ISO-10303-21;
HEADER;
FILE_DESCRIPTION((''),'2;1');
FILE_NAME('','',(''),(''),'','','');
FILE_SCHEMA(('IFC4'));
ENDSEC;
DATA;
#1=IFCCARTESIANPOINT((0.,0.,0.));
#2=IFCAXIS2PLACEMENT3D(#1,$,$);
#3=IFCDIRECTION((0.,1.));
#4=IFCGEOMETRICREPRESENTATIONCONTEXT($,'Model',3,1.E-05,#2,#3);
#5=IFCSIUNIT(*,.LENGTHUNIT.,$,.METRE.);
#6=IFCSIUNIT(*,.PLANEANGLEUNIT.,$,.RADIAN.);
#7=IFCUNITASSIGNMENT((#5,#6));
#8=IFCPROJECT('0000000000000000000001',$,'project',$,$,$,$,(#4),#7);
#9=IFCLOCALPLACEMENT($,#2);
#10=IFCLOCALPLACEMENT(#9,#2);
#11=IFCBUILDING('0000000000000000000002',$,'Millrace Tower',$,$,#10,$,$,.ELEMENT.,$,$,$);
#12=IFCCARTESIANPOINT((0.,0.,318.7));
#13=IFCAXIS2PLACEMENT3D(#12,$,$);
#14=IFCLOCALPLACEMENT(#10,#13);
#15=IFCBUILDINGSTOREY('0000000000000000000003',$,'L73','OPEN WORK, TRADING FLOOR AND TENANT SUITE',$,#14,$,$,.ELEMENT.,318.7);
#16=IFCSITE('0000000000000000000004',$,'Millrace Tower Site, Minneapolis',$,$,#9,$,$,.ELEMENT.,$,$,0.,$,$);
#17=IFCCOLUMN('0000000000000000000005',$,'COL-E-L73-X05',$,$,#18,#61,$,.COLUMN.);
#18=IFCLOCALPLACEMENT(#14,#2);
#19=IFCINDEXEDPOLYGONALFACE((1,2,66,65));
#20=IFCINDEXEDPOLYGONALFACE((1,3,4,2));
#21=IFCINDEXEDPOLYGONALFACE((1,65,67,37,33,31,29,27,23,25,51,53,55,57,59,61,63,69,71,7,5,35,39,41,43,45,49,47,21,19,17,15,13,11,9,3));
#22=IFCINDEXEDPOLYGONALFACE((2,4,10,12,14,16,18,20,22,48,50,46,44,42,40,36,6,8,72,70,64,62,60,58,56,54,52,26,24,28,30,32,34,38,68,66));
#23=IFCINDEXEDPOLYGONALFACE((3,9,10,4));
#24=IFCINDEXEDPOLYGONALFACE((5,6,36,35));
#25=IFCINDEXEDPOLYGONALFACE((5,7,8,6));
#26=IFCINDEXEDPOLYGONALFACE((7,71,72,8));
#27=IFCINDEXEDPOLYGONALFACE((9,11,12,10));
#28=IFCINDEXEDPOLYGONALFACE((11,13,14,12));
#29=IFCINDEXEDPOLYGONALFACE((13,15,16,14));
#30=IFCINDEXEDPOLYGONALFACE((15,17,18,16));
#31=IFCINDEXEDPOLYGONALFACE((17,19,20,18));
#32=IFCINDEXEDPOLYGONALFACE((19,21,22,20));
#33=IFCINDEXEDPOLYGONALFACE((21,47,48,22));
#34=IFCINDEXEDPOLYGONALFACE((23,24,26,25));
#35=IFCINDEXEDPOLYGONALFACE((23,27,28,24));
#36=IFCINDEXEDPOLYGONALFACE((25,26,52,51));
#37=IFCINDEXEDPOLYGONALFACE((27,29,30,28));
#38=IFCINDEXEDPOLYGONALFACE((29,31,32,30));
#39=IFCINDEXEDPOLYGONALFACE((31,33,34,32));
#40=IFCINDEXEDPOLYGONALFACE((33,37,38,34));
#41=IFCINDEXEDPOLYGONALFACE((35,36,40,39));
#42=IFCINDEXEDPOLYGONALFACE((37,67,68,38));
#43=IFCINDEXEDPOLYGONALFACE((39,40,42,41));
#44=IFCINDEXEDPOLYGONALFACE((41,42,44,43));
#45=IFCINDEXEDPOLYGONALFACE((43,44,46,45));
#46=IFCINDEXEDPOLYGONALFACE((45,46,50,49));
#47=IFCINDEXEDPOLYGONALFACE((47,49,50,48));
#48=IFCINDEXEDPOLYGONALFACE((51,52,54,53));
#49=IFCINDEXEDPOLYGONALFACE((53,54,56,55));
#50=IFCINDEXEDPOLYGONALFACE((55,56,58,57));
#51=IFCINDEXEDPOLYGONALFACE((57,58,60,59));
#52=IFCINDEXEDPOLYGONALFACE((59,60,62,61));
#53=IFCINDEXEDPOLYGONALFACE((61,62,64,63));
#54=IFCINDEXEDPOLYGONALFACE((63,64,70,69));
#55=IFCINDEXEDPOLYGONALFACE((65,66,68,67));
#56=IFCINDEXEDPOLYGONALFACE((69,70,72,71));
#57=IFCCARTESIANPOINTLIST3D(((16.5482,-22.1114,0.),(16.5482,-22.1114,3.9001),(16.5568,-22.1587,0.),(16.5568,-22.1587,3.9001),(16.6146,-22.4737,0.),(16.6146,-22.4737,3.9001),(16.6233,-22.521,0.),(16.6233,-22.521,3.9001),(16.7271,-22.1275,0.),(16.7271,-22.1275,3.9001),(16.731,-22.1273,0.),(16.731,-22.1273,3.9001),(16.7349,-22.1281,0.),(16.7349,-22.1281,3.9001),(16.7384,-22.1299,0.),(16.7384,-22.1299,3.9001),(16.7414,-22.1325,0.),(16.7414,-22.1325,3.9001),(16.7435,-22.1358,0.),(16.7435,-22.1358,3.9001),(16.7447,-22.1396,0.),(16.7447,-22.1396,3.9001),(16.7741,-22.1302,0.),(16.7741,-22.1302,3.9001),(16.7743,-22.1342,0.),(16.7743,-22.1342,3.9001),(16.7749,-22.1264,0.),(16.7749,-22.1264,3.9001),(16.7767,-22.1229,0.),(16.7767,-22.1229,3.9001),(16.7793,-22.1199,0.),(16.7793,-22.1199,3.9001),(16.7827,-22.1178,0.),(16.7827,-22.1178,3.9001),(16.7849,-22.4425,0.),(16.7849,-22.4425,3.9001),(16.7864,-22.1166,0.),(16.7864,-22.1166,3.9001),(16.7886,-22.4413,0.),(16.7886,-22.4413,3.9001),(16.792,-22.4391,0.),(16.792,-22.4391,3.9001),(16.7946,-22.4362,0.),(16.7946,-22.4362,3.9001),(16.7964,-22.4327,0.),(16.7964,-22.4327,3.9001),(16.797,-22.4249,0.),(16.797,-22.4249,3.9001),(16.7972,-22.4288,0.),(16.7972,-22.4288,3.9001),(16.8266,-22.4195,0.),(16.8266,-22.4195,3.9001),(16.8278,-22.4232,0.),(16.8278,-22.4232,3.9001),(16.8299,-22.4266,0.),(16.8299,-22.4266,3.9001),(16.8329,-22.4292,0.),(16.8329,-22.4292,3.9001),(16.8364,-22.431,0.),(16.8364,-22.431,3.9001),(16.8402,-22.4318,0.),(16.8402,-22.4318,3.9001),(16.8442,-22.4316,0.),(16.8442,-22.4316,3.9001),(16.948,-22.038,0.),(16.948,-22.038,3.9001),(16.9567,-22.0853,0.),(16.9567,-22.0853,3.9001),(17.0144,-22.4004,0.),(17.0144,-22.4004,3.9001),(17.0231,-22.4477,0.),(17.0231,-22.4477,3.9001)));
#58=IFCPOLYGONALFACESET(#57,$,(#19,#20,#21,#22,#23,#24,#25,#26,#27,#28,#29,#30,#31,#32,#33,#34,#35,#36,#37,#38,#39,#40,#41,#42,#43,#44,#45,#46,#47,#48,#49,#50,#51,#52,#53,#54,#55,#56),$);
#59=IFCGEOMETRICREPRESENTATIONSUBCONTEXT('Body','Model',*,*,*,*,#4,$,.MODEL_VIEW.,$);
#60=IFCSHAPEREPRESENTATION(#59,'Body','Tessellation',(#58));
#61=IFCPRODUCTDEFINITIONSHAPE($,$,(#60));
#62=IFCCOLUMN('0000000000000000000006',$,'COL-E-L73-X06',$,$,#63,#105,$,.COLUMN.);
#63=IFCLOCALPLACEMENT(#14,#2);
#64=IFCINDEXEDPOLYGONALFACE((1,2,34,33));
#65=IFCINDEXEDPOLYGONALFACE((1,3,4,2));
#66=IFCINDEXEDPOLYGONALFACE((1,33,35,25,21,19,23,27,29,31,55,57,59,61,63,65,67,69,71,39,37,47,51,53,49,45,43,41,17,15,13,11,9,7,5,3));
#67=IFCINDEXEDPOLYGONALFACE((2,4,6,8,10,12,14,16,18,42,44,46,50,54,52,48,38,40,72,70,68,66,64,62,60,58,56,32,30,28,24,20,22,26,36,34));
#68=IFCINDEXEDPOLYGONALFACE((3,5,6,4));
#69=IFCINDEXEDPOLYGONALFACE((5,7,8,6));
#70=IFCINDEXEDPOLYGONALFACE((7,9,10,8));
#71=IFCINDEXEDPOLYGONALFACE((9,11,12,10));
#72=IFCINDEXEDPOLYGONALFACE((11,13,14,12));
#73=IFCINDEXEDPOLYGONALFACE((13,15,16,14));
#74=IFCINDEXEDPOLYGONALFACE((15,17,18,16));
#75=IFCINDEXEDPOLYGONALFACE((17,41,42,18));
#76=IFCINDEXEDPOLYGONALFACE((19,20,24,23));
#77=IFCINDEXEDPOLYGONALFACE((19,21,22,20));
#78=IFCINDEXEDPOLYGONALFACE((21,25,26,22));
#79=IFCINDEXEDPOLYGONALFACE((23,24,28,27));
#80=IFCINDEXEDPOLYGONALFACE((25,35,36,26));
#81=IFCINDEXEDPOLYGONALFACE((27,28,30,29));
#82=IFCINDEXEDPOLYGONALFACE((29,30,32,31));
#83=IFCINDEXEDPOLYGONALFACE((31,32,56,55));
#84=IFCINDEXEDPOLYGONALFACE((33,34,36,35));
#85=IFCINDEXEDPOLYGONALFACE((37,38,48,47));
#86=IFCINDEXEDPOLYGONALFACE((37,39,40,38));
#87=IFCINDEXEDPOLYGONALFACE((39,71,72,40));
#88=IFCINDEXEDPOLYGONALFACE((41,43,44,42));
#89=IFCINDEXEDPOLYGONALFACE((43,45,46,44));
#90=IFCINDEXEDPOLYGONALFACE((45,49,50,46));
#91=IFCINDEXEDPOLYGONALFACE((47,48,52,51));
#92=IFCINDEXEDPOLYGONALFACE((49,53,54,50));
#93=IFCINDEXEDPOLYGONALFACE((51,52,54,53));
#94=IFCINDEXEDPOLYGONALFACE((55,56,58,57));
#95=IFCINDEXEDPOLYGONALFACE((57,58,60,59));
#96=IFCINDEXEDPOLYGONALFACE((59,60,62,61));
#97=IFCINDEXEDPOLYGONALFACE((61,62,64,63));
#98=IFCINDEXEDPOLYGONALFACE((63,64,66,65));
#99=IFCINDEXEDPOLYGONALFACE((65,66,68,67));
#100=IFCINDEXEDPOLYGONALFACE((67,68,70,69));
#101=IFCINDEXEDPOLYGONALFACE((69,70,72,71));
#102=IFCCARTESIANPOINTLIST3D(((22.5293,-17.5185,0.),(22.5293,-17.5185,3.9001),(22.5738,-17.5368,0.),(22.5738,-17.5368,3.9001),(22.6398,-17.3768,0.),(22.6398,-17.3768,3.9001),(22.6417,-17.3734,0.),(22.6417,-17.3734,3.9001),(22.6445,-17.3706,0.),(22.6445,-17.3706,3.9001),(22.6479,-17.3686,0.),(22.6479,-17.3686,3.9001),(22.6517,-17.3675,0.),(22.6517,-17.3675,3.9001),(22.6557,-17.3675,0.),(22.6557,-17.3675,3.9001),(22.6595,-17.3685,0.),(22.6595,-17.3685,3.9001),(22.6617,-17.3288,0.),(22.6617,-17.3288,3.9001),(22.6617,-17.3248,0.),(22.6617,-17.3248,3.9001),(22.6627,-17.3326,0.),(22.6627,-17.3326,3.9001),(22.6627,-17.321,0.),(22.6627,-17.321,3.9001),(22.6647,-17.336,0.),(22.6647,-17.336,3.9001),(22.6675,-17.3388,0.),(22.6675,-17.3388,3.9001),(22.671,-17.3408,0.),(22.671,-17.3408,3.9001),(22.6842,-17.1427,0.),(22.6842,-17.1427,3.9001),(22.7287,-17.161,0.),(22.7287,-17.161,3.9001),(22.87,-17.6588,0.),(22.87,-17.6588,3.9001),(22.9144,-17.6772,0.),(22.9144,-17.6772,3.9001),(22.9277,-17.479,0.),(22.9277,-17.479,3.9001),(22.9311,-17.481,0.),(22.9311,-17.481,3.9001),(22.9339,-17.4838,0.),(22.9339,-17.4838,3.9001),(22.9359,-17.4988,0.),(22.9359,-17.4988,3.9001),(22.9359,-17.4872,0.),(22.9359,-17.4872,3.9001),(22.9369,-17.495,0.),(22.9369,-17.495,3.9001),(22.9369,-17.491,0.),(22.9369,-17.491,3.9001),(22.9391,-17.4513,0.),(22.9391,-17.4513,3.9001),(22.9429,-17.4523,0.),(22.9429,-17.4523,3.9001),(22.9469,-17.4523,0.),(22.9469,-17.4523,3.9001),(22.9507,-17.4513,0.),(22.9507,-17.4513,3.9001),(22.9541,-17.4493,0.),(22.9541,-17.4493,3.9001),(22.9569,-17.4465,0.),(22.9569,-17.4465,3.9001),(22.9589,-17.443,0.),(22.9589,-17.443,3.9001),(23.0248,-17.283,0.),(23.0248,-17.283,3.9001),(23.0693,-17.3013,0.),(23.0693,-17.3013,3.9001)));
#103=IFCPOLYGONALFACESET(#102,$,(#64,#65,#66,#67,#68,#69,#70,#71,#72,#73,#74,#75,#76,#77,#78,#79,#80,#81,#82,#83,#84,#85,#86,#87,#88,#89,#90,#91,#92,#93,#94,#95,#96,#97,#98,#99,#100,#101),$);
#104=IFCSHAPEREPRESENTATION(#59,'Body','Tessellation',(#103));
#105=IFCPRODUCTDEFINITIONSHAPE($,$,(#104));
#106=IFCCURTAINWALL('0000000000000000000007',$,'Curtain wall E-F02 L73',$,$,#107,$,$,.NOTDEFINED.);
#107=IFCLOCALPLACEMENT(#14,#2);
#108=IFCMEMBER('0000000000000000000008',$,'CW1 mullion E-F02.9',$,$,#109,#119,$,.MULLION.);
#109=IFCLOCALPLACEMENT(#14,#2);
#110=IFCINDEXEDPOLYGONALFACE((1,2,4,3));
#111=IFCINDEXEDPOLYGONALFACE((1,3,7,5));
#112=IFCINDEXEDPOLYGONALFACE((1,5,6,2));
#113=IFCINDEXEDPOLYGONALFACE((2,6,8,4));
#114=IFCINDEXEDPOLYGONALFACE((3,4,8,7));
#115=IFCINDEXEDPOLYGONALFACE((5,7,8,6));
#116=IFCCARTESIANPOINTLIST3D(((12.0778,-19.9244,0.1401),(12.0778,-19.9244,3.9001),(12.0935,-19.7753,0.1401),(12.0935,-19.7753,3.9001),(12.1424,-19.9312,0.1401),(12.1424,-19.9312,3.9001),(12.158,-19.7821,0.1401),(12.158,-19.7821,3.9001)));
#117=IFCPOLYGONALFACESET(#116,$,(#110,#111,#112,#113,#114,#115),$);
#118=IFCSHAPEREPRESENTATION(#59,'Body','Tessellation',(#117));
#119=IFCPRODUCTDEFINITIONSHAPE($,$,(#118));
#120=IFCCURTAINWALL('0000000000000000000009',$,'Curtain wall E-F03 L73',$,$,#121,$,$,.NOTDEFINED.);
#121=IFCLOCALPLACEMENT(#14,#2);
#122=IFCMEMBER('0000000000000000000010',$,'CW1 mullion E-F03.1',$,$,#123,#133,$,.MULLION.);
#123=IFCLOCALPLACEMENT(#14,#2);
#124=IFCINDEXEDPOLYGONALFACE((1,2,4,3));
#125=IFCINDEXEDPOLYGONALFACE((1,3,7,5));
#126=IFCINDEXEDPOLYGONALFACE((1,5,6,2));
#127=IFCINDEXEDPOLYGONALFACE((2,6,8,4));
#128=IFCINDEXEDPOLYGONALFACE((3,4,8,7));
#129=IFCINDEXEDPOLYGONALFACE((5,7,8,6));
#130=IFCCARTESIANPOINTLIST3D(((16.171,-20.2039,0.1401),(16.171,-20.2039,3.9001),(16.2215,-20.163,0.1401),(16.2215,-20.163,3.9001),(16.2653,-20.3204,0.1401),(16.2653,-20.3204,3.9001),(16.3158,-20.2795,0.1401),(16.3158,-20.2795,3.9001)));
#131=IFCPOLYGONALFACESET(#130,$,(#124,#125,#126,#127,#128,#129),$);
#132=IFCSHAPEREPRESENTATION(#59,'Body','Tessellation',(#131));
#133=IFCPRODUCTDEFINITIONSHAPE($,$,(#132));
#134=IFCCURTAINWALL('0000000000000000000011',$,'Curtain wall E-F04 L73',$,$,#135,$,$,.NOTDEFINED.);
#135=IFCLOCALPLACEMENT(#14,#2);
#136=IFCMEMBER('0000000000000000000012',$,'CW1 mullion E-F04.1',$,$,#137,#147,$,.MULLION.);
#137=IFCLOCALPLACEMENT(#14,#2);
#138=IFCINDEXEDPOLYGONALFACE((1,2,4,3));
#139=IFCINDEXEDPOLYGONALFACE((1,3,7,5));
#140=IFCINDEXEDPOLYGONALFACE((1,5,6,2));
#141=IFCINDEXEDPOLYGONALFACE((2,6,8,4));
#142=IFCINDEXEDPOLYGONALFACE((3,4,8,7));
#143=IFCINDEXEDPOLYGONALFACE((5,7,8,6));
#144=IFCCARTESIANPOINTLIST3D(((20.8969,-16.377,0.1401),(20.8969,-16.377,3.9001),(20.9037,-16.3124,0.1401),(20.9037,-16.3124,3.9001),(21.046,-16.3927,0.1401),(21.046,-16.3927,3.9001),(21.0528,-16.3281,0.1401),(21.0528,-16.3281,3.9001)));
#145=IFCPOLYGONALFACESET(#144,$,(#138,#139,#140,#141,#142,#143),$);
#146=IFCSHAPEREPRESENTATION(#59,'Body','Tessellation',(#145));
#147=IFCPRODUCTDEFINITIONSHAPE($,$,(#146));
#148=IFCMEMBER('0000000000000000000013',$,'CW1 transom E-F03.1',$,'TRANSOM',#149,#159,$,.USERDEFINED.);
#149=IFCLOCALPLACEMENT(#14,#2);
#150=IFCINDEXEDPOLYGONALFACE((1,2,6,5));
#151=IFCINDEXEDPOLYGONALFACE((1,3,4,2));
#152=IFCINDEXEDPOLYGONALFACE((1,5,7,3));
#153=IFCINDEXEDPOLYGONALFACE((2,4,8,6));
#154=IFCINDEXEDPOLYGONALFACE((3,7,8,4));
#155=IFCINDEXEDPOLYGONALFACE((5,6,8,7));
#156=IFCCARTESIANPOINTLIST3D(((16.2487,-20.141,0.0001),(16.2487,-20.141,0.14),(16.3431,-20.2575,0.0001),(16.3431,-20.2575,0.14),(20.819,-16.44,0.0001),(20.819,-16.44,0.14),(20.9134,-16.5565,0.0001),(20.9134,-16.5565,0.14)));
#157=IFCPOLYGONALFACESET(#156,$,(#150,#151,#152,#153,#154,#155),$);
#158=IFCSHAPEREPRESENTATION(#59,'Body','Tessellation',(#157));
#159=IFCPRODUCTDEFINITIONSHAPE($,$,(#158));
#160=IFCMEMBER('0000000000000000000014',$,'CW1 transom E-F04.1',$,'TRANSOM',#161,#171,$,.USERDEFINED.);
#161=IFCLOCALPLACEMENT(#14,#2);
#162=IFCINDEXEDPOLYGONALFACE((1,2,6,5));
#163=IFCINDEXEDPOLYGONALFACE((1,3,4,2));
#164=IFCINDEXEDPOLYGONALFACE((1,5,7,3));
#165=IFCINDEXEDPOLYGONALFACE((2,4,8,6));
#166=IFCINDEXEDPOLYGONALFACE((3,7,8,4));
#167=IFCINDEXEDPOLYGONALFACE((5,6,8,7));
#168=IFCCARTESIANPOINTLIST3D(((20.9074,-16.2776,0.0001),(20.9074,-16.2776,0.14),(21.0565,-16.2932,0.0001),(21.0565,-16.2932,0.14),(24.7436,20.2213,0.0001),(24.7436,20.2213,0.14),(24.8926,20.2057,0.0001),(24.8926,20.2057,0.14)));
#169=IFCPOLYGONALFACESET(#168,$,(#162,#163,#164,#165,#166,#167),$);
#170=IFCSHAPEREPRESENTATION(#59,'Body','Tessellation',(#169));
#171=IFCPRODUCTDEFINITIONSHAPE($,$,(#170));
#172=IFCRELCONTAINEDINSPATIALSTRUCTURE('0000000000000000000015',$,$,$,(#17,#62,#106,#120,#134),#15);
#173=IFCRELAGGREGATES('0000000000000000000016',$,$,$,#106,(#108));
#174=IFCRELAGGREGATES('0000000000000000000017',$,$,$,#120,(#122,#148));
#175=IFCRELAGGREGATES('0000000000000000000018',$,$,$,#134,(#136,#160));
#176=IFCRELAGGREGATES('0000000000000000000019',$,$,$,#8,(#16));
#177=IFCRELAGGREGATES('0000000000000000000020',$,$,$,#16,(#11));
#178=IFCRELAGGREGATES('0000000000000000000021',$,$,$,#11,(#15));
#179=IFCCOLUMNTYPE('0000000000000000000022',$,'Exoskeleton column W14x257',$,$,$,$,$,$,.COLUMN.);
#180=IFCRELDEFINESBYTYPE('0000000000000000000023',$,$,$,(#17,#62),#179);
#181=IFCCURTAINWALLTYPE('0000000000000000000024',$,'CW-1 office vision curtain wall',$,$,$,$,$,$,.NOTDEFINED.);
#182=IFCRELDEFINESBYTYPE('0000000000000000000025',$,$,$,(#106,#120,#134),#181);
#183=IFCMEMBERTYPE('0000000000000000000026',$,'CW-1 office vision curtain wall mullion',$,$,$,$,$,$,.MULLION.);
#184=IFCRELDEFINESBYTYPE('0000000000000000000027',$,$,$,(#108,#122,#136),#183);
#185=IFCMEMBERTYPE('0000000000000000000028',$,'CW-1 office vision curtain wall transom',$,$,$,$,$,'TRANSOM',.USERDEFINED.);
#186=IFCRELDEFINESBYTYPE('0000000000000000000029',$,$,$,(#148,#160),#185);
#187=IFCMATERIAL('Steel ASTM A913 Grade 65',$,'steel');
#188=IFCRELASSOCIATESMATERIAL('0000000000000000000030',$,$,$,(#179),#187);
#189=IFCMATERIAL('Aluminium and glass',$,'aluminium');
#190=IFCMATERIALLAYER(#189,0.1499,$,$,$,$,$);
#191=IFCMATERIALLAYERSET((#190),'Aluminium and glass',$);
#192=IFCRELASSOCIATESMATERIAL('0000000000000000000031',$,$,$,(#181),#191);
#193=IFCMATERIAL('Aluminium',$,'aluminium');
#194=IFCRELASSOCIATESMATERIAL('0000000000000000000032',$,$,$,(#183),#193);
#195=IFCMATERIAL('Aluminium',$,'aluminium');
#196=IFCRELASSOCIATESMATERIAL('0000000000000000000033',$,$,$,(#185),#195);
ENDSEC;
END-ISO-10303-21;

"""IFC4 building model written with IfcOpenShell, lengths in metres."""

from ifc_helpers import new_model, si_unit, direction, frame, origin, origin_2d, place, context, subcontext, project, spatial, rectangle, i_section, extrude, material, layer, layer_set, material_profile, profile_set, type_object, element, aggregate, save


model = new_model("IFC4")

# Units and contexts
model_context = context("Model", 3, precision=1e-05, world=origin(), true_north=direction((0.0, 1.0)))
body_context = subcontext(model_context, "Body", "Model", "MODEL_VIEW")
ifc_project = project(units=[si_unit("LENGTHUNIT", "METRE"), si_unit("PLANEANGLEUNIT", "RADIAN")], contexts=[model_context])

# Site, building, storey
site_placement = place(None, origin())
site = spatial("IfcSite", under=ifc_project, at=site_placement, Name="Millrace Tower Site, Minneapolis", CompositionType="ELEMENT", RefElevation=0.0)
building_placement = place(site_placement, origin())
building = spatial("IfcBuilding", under=site, at=building_placement, Name="Millrace Tower", CompositionType="ELEMENT")
storey_placement = place(building_placement, frame((0.0, 0.0, 318.7)))
storey = spatial("IfcBuildingStorey", under=building, at=storey_placement, Name="L73", Description="OPEN WORK, TRADING FLOOR AND TENANT SUITE", CompositionType="ELEMENT", Elevation=318.7)

# Columns
ifc_material_1 = material(Name="Steel ASTM A913 Grade 65", Category="steel")
ifc_material_profile_1 = material_profile(ifc_material_1, i_section(OverallWidth=0.4065, OverallDepth=0.4165, WebThickness=0.03, FlangeThickness=0.0481, FilletRadius=0.0151, at=origin_2d()))
ifc_profile_set_1 = profile_set([ifc_material_profile_1], Name="Steel ASTM A913 Grade 65")
column_type = type_object("IfcColumnType", Name="Exoskeleton column W14x257", PredefinedType="COLUMN", material=ifc_profile_set_1)
for number, where, z_axis, x_axis, name in (
    (1, (16.7856, -22.2795, 0.0), (0.0, 0.0, 1.0), (0.983596, 0.180387, 0.0), "COL-E-L73-X05"),
    (2, (22.7993, -17.4099, 0.0), (0.0, 0.0, 1.0), (0.380947, 0.924597, 0.0), "COL-E-L73-X06"),
):
    element("IfcColumn", number, at=place(storey_placement, frame(where, z_axis=z_axis, x_axis=x_axis)), inside=storey, type_object=column_type, Name=name, PredefinedType="COLUMN", context=body_context, shape_type="SweptSolid", body=[
        extrude(i_section(OverallWidth=0.4065, OverallDepth=0.4165, WebThickness=0.03, FlangeThickness=0.0481, FilletRadius=0.0151, at=origin_2d()), origin(), (0.0, 0.0, 1.0), 3.9001),
    ])

# Curtain walls, members
ifc_material_2 = material(Name="Aluminium and glass", Category="aluminium")
ifc_layer_1 = layer(ifc_material_2, 0.1499)
ifc_layer_set_1 = layer_set([ifc_layer_1], Name="Aluminium and glass")
curtain_wall_type = type_object("IfcCurtainWallType", Name="CW-1 office vision curtain wall", PredefinedType="NOTDEFINED", material=ifc_layer_set_1)
placement = place(storey_placement, origin())
curtain_wall_1 = element("IfcCurtainWall", 3, at=placement, inside=storey, type_object=curtain_wall_type, Name="Curtain wall E-F02 L73", PredefinedType="NOTDEFINED")
ifc_material_3 = material(Name="Aluminium", Category="aluminium")
ifc_material_profile_2 = material_profile(ifc_material_3, rectangle(XDim=0.0649, YDim=0.1499, at=origin_2d()))
ifc_profile_set_2 = profile_set([ifc_material_profile_2], Name="Aluminium")
member_type_1 = type_object("IfcMemberType", Name="CW-1 office vision curtain wall mullion", PredefinedType="MULLION", material=ifc_profile_set_2)
member_1_placement = place(storey_placement, frame((12.1179, -19.8533, 0.1401), z_axis=(0.0, 0.0, 1.0), x_axis=(0.994522, -0.104528, 0.0)))
member_1 = element("IfcMember", 4, at=member_1_placement, type_object=member_type_1, Name="CW1 mullion E-F02.9", PredefinedType="MULLION", context=body_context, shape_type="SweptSolid", body=[
    extrude(rectangle(XDim=0.0649, YDim=0.1499, at=origin_2d()), origin(), (0.0, 0.0, 1.0), 3.76),
])
aggregate(curtain_wall_1, [member_1])
curtain_wall_2 = element("IfcCurtainWall", 5, at=placement, inside=storey, type_object=curtain_wall_type, Name="Curtain wall E-F03 L73", PredefinedType="NOTDEFINED")
member_2_placement = place(storey_placement, frame((16.2434, -20.2417, 0.1401), z_axis=(0.0, 0.0, 1.0), x_axis=(0.777146, 0.62932, 0.0)))
member_2 = element("IfcMember", 6, at=member_2_placement, type_object=member_type_1, Name="CW1 mullion E-F03.1", PredefinedType="MULLION", context=body_context, shape_type="SweptSolid", body=[
    extrude(rectangle(XDim=0.0649, YDim=0.1499, at=origin_2d()), origin(), (0.0, 0.0, 1.0), 3.76),
])
curtain_wall_3 = element("IfcCurtainWall", 7, at=placement, inside=storey, type_object=curtain_wall_type, Name="Curtain wall E-F04 L73", PredefinedType="NOTDEFINED")
member_3_placement = place(storey_placement, frame((20.9749, -16.3525, 0.1401), z_axis=(0.0, 0.0, 1.0), x_axis=(0.104528, 0.994522, 0.0)))
member_3 = element("IfcMember", 8, at=member_3_placement, type_object=member_type_1, Name="CW1 mullion E-F04.1", PredefinedType="MULLION", context=body_context, shape_type="SweptSolid", body=[
    extrude(rectangle(XDim=0.0649, YDim=0.1499, at=origin_2d()), origin(), (0.0, 0.0, 1.0), 3.76),
])

# Members
ifc_material_4 = material(Name="Aluminium", Category="aluminium")
ifc_material_profile_3 = material_profile(ifc_material_4, rectangle(XDim=0.1499, YDim=0.1399, at=origin_2d()))
ifc_profile_set_3 = profile_set([ifc_material_profile_3], Name="Aluminium")
member_type_2 = type_object("IfcMemberType", Name="CW-1 office vision curtain wall transom", ElementType="TRANSOM", PredefinedType="USERDEFINED", material=ifc_profile_set_3)
member_4_placement = place(storey_placement, frame((16.2959, -20.1992, 0.0701), z_axis=(0.777149, 0.629316, 0.0), x_axis=(-0.629316, 0.777149, 0.0)))
member_4 = element("IfcMember", 9, at=member_4_placement, type_object=member_type_2, Name="CW1 transom E-F03.1", ObjectType="TRANSOM", PredefinedType="USERDEFINED", context=body_context, shape_type="SweptSolid", body=[
    extrude(rectangle(XDim=0.1499, YDim=0.1399, at=origin_2d()), origin(), (0.0, 0.0, 1.0), 5.8809),
])
aggregate(curtain_wall_2, [member_2, member_4])
member_5_placement = place(storey_placement, frame((20.9819, -16.2854, 0.0701), z_axis=(0.104528, 0.994522, 0.0), x_axis=(-0.994522, 0.104528, 0.0)))
member_5 = element("IfcMember", 10, at=member_5_placement, type_object=member_type_2, Name="CW1 transom E-F04.1", ObjectType="TRANSOM", PredefinedType="USERDEFINED", context=body_context, shape_type="SweptSolid", body=[
    extrude(rectangle(XDim=0.1499, YDim=0.1399, at=origin_2d()), origin(), (0.0, 0.0, 1.0), 36.7),
])
aggregate(curtain_wall_3, [member_3, member_5])

save(model, "model.ifc")
